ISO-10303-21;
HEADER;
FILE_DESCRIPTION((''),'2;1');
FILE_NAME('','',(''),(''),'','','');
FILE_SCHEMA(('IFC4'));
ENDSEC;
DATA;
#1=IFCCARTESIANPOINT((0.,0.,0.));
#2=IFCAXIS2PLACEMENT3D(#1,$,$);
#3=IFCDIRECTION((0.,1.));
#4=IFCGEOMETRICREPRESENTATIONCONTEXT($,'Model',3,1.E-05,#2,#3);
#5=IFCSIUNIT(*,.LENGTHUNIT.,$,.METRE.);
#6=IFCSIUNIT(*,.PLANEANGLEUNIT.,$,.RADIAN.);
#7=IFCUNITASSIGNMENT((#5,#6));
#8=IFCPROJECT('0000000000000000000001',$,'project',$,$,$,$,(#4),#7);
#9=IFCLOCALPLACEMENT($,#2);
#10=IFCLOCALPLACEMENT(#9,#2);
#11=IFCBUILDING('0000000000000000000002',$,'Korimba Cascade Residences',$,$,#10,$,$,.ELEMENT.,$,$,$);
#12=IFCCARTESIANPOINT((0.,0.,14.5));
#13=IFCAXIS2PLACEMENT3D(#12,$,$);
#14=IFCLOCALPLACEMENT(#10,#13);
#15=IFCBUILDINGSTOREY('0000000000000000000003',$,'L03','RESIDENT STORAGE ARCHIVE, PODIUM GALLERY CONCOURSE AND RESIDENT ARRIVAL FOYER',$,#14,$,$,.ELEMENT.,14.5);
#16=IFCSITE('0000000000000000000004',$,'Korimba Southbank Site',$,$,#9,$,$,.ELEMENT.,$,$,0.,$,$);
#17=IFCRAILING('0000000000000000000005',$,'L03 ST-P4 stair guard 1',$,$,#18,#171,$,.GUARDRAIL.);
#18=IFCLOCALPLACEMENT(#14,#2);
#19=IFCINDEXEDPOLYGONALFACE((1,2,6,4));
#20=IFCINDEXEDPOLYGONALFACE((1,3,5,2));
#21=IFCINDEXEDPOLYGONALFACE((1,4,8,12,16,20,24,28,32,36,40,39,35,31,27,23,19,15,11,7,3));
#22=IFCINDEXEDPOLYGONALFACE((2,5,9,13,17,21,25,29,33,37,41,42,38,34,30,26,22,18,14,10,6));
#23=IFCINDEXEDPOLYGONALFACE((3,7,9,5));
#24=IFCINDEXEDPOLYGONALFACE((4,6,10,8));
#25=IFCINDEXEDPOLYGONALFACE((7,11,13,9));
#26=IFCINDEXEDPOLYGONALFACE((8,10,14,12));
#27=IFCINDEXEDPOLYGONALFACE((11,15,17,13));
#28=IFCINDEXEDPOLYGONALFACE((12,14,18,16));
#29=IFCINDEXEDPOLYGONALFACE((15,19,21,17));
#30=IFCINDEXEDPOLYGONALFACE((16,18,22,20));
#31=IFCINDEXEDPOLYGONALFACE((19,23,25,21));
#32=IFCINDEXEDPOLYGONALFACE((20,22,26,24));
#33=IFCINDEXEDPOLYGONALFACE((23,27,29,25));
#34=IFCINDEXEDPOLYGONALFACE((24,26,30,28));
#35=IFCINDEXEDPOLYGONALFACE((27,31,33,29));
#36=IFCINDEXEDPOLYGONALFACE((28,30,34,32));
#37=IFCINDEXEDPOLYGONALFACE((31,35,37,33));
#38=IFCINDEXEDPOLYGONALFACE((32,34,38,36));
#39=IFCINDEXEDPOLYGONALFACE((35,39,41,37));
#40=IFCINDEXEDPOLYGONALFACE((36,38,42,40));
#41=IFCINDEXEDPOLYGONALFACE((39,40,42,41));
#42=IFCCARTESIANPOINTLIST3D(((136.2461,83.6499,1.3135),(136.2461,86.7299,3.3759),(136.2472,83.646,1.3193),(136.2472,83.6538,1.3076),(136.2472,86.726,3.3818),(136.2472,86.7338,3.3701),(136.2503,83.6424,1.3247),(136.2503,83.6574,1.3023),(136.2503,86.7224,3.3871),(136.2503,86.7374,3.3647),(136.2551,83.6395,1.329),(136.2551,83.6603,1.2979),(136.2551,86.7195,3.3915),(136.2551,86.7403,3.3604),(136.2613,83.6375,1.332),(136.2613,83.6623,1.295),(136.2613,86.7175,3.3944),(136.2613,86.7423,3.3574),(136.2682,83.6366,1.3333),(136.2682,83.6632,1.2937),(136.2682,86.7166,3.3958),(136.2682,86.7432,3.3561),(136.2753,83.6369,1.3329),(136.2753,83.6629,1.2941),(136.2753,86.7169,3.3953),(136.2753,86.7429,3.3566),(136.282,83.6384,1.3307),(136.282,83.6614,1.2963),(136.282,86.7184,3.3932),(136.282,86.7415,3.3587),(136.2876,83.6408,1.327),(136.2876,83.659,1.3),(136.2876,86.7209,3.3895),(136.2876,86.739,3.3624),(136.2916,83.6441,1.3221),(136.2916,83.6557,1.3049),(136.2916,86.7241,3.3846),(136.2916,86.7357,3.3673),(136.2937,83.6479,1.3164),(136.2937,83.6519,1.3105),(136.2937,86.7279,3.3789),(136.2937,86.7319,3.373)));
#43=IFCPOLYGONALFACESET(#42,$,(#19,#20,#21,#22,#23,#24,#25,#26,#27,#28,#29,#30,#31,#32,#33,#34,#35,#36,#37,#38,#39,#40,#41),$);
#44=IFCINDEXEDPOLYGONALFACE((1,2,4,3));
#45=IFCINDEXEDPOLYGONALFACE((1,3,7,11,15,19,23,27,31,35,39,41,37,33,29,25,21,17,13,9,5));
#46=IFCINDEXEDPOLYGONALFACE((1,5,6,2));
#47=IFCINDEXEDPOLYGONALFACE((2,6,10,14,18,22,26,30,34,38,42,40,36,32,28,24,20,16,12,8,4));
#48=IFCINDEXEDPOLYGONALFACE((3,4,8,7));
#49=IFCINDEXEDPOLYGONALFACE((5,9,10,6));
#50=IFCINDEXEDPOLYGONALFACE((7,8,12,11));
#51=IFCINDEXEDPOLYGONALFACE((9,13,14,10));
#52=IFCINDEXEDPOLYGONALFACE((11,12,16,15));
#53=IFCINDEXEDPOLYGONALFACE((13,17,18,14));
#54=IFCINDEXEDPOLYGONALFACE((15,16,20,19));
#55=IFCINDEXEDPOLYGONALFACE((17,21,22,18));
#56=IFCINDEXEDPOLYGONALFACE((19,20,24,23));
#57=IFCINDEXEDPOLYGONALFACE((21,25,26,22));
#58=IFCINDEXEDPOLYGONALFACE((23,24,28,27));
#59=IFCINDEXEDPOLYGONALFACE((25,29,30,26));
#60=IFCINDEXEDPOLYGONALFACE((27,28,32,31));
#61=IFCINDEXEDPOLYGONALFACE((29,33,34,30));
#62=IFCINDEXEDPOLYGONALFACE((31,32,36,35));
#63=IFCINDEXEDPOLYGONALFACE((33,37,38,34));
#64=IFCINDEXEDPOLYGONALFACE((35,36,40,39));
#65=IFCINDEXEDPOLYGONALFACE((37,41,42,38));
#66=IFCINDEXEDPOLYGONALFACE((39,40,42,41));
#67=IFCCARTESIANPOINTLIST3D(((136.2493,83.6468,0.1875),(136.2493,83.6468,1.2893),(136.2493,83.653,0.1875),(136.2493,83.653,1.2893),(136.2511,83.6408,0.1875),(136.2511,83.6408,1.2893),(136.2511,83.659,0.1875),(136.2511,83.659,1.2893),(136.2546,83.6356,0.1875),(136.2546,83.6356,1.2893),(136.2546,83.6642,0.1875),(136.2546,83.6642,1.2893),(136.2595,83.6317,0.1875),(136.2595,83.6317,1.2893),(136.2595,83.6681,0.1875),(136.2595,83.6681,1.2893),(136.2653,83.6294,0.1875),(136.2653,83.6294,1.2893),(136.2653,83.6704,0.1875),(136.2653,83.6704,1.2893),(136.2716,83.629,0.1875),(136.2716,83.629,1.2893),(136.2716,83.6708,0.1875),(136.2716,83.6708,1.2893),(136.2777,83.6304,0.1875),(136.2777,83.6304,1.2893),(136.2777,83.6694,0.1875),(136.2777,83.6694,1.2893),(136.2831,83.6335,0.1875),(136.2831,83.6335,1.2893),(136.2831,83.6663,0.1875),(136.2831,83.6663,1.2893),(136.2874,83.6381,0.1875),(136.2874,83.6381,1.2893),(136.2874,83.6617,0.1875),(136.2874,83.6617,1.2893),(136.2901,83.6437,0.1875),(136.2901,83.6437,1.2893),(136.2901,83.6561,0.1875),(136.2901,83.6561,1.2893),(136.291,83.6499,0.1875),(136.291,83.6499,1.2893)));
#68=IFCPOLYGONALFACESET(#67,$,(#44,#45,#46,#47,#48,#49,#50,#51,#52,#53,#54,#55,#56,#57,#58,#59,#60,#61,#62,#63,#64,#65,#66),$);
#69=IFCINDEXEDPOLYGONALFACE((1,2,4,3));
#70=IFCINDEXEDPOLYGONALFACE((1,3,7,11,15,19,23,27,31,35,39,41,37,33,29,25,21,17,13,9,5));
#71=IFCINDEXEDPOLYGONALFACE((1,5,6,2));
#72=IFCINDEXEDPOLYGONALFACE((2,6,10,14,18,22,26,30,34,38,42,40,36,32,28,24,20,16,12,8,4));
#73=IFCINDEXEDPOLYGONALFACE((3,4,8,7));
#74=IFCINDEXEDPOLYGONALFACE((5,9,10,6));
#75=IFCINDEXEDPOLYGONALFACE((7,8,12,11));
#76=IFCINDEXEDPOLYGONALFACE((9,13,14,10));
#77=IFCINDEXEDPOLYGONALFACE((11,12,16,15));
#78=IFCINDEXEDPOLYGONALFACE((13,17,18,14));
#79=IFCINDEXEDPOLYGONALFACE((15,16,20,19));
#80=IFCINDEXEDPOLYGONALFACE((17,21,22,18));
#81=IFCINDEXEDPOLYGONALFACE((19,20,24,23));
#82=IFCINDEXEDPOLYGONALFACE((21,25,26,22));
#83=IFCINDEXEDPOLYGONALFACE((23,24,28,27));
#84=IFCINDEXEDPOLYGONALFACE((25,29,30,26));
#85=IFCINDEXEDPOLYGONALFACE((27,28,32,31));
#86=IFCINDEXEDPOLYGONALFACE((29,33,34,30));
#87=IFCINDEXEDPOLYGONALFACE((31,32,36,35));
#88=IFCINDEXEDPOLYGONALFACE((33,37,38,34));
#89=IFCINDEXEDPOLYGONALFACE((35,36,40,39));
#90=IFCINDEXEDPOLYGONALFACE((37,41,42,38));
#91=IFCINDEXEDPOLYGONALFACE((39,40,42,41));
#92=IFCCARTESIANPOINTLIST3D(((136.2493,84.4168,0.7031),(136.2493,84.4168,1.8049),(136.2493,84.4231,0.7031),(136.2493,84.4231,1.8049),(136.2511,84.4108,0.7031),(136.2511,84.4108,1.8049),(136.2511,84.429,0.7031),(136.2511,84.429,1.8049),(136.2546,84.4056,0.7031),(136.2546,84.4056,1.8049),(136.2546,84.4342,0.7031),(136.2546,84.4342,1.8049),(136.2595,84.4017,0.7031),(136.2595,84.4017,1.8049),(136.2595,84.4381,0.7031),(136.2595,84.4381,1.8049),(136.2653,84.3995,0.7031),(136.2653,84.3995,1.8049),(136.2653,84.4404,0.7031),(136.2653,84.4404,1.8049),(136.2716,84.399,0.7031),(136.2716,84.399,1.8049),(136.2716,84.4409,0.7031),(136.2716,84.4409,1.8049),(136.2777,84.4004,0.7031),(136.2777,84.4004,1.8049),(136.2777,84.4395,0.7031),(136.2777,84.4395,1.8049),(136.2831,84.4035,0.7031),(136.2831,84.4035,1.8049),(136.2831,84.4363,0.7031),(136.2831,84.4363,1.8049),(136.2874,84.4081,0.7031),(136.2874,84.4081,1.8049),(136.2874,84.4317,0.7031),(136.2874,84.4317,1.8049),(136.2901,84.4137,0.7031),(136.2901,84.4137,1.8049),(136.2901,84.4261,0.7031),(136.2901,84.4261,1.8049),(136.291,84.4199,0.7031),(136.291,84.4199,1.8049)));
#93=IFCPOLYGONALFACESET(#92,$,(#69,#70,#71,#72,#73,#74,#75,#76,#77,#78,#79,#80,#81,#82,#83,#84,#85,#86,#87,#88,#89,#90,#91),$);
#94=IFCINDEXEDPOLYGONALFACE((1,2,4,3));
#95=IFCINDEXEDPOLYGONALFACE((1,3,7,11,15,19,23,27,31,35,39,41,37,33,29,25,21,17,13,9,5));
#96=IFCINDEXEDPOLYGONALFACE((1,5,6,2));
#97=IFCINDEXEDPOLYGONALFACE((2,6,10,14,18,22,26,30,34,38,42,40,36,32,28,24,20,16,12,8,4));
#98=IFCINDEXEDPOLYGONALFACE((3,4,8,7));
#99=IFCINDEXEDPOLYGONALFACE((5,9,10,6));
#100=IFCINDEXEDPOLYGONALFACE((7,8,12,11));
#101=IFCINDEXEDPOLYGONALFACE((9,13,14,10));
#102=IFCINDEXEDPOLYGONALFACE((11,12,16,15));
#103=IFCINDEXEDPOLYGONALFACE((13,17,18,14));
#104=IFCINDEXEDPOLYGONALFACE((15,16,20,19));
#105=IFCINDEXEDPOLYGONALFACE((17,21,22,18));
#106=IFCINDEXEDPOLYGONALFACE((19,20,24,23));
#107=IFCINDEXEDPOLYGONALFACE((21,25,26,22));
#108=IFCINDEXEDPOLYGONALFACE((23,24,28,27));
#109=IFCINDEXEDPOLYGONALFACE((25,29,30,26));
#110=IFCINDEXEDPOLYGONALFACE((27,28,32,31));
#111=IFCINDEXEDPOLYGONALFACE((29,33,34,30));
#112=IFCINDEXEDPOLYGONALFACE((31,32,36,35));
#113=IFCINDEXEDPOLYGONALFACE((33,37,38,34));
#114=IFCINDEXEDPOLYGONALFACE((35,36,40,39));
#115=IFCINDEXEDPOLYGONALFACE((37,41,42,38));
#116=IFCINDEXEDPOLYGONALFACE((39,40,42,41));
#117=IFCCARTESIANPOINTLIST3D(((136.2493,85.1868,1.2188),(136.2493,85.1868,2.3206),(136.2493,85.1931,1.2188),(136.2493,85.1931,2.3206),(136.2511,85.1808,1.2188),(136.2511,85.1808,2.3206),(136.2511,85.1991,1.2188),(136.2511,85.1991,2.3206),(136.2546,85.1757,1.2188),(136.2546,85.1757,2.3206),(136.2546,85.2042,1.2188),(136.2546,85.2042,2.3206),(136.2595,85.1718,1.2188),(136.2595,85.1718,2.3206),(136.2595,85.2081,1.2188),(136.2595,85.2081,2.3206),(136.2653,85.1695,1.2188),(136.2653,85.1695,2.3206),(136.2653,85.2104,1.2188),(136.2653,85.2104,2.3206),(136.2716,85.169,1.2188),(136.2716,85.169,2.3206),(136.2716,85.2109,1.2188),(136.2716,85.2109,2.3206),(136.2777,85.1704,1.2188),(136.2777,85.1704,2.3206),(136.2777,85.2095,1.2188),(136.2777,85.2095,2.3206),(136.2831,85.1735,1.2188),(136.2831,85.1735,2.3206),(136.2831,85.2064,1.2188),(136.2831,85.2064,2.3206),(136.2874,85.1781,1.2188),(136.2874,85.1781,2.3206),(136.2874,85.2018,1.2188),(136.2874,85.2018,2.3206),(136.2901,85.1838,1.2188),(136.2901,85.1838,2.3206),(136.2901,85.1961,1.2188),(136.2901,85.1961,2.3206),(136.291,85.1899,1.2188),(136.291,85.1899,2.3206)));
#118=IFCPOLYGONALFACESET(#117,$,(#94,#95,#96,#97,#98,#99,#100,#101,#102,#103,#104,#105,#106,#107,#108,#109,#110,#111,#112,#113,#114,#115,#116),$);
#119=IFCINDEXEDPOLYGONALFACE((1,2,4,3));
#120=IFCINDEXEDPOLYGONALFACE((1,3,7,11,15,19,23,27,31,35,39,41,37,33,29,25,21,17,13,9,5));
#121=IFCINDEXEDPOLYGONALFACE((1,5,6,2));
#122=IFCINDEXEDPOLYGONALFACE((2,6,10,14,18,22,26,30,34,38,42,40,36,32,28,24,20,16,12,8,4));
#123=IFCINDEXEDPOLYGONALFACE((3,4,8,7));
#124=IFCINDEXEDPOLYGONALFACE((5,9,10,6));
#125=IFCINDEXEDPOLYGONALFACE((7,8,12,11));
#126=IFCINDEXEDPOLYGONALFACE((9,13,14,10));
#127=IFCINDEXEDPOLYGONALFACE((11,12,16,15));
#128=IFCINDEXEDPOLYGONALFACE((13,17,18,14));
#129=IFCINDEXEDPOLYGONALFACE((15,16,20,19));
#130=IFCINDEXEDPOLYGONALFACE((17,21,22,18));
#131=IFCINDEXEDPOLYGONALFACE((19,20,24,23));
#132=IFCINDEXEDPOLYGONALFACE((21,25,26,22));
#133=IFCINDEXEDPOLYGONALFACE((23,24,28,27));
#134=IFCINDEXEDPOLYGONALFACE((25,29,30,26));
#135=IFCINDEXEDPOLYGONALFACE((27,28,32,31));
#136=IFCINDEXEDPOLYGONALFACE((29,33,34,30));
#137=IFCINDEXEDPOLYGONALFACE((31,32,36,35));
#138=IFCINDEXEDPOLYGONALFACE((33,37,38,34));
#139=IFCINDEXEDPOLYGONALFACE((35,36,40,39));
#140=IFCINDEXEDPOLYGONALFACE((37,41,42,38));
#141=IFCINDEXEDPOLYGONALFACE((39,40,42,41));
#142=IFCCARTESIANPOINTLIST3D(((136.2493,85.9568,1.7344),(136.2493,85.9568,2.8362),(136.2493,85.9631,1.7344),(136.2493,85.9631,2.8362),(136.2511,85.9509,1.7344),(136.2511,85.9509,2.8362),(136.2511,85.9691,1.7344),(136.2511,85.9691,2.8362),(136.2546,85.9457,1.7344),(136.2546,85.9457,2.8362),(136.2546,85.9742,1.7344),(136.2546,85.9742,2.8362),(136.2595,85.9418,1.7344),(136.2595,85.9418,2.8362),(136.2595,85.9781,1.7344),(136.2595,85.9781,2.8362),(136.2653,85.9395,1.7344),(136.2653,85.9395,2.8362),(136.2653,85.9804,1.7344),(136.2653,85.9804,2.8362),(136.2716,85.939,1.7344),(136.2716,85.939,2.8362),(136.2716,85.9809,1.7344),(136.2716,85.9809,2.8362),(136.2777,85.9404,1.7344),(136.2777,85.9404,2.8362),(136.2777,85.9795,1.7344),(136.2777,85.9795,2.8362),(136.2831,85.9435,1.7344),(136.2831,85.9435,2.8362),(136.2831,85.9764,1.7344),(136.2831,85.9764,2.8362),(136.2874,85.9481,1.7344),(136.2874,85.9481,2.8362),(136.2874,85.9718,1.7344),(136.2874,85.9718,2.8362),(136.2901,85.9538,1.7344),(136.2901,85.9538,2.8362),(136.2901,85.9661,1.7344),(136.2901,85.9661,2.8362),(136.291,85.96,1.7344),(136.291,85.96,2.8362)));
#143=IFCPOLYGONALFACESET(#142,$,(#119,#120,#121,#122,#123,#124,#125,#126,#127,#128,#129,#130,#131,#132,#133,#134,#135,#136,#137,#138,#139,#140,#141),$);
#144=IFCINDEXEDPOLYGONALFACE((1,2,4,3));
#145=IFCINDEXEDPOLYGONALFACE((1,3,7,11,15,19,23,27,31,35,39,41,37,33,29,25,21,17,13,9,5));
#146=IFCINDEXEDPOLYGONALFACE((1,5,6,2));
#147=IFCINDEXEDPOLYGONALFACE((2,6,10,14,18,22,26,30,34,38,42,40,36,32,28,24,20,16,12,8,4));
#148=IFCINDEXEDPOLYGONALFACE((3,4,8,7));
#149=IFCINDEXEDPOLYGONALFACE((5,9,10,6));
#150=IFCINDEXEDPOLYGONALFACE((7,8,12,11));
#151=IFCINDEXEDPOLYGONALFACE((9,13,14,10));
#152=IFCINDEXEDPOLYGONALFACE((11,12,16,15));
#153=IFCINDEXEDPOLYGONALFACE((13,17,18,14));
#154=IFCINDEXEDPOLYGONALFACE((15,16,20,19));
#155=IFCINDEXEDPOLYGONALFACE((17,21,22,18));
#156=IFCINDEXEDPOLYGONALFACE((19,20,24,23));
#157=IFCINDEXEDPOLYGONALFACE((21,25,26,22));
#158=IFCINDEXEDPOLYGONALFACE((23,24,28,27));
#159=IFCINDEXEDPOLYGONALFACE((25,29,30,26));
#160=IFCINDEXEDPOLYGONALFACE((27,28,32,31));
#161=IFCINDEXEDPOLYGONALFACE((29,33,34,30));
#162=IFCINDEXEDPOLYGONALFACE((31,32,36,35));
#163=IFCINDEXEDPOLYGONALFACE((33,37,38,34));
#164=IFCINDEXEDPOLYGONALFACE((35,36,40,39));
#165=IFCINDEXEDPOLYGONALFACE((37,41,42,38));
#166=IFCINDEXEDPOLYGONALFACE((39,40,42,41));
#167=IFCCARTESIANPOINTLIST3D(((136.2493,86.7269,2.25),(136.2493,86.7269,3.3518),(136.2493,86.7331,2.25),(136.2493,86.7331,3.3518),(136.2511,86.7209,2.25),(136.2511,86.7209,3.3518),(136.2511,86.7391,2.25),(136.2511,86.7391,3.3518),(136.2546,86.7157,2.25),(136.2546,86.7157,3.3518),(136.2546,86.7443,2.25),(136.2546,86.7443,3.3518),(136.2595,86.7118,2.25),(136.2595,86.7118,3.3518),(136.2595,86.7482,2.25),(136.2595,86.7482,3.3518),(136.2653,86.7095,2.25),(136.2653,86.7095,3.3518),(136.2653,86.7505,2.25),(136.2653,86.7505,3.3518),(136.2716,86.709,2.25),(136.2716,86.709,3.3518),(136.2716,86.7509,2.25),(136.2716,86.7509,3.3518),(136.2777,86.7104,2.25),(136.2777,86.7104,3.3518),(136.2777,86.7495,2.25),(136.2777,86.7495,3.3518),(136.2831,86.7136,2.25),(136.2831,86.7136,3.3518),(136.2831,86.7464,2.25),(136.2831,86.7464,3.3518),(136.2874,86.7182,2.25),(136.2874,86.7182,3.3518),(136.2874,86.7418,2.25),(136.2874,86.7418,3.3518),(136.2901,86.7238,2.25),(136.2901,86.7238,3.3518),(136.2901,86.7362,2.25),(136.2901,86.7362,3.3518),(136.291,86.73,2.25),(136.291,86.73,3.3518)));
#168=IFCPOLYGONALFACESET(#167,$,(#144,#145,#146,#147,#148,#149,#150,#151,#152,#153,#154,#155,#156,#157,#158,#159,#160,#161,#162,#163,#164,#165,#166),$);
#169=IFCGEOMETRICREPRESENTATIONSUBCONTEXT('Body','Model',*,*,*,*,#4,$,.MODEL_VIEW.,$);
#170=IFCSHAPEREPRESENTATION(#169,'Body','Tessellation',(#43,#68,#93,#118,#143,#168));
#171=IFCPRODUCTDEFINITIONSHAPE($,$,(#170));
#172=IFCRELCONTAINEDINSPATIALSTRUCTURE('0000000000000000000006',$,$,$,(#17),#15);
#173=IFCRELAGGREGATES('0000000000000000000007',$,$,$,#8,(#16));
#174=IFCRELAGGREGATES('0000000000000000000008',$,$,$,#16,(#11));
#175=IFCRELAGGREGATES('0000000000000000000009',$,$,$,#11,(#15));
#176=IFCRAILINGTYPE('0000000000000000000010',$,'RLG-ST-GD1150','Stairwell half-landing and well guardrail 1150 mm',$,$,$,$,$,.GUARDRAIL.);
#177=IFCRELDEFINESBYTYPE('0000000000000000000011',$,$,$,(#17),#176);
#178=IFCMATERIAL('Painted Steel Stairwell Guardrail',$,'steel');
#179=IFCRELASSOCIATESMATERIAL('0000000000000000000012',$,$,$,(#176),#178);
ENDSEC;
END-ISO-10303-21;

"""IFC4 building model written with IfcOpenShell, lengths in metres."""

from ifc_helpers import new_model, si_unit, direction, frame, origin, origin_2d, place, context, subcontext, project, spatial, circle, extrude, material, type_object, element, save


model = new_model("IFC4")

# Units and contexts
model_context = context("Model", 3, precision=1e-05, world=origin(), true_north=direction((0.0, 1.0)))
body_context = subcontext(model_context, "Body", "Model", "MODEL_VIEW")
ifc_project = project(units=[si_unit("LENGTHUNIT", "METRE"), si_unit("PLANEANGLEUNIT", "RADIAN")], contexts=[model_context])

# Site, building, storey
site_placement = place(None, origin())
site = spatial("IfcSite", under=ifc_project, at=site_placement, Name="Korimba Southbank Site", CompositionType="ELEMENT", RefElevation=0.0)
building_placement = place(site_placement, origin())
building = spatial("IfcBuilding", under=site, at=building_placement, Name="Korimba Cascade Residences", CompositionType="ELEMENT")
storey_placement = place(building_placement, frame((0.0, 0.0, 14.5)))
storey = spatial("IfcBuildingStorey", under=building, at=storey_placement, Name="L03", Description="RESIDENT STORAGE ARCHIVE, PODIUM GALLERY CONCOURSE AND RESIDENT ARRIVAL FOYER", CompositionType="ELEMENT", Elevation=14.5)

# Railing
ifc_material_1 = material(Name="Painted Steel Stairwell Guardrail", Category="steel")
railing_type_1 = type_object("IfcRailingType", Name="RLG-ST-GD1150", Description="Stairwell half-landing and well guardrail 1150 mm", PredefinedType="GUARDRAIL", material=ifc_material_1)
railing_1_placement = place(storey_placement, frame((136.27, 83.6499, 0.1875)))
element("IfcRailing", 1, at=railing_1_placement, inside=storey, type_object=railing_type_1, Name="L03 ST-P4 stair guard 1", PredefinedType="GUARDRAIL", context=body_context, shape_type="SweptSolid", body=[
    extrude(circle(Radius=0.0239, at=origin_2d()), frame((0.0, 0.0, 1.126), z_axis=(0.0, 0.830914, 0.556401), x_axis=(-1.0, 0.0, 0.0)), (0.0, 0.0, 1.0), 3.7068),
    extrude(circle(Radius=0.021, at=origin_2d()), origin(), (0.0, 0.0, 1.0), 1.1018),
    extrude(circle(Radius=0.021, at=origin_2d()), frame((0.0, 0.77, 0.5156)), (0.0, 0.0, 1.0), 1.1018),
    extrude(circle(Radius=0.021, at=origin_2d()), frame((0.0, 1.54, 1.0312)), (0.0, 0.0, 1.0), 1.1018),
    extrude(circle(Radius=0.021, at=origin_2d()), frame((0.0, 2.3101, 1.5469)), (0.0, 0.0, 1.0), 1.1018),
    extrude(circle(Radius=0.021, at=origin_2d()), frame((0.0, 3.0801, 2.0625)), (0.0, 0.0, 1.0), 1.1018),
])

save(model, "model.ifc")
